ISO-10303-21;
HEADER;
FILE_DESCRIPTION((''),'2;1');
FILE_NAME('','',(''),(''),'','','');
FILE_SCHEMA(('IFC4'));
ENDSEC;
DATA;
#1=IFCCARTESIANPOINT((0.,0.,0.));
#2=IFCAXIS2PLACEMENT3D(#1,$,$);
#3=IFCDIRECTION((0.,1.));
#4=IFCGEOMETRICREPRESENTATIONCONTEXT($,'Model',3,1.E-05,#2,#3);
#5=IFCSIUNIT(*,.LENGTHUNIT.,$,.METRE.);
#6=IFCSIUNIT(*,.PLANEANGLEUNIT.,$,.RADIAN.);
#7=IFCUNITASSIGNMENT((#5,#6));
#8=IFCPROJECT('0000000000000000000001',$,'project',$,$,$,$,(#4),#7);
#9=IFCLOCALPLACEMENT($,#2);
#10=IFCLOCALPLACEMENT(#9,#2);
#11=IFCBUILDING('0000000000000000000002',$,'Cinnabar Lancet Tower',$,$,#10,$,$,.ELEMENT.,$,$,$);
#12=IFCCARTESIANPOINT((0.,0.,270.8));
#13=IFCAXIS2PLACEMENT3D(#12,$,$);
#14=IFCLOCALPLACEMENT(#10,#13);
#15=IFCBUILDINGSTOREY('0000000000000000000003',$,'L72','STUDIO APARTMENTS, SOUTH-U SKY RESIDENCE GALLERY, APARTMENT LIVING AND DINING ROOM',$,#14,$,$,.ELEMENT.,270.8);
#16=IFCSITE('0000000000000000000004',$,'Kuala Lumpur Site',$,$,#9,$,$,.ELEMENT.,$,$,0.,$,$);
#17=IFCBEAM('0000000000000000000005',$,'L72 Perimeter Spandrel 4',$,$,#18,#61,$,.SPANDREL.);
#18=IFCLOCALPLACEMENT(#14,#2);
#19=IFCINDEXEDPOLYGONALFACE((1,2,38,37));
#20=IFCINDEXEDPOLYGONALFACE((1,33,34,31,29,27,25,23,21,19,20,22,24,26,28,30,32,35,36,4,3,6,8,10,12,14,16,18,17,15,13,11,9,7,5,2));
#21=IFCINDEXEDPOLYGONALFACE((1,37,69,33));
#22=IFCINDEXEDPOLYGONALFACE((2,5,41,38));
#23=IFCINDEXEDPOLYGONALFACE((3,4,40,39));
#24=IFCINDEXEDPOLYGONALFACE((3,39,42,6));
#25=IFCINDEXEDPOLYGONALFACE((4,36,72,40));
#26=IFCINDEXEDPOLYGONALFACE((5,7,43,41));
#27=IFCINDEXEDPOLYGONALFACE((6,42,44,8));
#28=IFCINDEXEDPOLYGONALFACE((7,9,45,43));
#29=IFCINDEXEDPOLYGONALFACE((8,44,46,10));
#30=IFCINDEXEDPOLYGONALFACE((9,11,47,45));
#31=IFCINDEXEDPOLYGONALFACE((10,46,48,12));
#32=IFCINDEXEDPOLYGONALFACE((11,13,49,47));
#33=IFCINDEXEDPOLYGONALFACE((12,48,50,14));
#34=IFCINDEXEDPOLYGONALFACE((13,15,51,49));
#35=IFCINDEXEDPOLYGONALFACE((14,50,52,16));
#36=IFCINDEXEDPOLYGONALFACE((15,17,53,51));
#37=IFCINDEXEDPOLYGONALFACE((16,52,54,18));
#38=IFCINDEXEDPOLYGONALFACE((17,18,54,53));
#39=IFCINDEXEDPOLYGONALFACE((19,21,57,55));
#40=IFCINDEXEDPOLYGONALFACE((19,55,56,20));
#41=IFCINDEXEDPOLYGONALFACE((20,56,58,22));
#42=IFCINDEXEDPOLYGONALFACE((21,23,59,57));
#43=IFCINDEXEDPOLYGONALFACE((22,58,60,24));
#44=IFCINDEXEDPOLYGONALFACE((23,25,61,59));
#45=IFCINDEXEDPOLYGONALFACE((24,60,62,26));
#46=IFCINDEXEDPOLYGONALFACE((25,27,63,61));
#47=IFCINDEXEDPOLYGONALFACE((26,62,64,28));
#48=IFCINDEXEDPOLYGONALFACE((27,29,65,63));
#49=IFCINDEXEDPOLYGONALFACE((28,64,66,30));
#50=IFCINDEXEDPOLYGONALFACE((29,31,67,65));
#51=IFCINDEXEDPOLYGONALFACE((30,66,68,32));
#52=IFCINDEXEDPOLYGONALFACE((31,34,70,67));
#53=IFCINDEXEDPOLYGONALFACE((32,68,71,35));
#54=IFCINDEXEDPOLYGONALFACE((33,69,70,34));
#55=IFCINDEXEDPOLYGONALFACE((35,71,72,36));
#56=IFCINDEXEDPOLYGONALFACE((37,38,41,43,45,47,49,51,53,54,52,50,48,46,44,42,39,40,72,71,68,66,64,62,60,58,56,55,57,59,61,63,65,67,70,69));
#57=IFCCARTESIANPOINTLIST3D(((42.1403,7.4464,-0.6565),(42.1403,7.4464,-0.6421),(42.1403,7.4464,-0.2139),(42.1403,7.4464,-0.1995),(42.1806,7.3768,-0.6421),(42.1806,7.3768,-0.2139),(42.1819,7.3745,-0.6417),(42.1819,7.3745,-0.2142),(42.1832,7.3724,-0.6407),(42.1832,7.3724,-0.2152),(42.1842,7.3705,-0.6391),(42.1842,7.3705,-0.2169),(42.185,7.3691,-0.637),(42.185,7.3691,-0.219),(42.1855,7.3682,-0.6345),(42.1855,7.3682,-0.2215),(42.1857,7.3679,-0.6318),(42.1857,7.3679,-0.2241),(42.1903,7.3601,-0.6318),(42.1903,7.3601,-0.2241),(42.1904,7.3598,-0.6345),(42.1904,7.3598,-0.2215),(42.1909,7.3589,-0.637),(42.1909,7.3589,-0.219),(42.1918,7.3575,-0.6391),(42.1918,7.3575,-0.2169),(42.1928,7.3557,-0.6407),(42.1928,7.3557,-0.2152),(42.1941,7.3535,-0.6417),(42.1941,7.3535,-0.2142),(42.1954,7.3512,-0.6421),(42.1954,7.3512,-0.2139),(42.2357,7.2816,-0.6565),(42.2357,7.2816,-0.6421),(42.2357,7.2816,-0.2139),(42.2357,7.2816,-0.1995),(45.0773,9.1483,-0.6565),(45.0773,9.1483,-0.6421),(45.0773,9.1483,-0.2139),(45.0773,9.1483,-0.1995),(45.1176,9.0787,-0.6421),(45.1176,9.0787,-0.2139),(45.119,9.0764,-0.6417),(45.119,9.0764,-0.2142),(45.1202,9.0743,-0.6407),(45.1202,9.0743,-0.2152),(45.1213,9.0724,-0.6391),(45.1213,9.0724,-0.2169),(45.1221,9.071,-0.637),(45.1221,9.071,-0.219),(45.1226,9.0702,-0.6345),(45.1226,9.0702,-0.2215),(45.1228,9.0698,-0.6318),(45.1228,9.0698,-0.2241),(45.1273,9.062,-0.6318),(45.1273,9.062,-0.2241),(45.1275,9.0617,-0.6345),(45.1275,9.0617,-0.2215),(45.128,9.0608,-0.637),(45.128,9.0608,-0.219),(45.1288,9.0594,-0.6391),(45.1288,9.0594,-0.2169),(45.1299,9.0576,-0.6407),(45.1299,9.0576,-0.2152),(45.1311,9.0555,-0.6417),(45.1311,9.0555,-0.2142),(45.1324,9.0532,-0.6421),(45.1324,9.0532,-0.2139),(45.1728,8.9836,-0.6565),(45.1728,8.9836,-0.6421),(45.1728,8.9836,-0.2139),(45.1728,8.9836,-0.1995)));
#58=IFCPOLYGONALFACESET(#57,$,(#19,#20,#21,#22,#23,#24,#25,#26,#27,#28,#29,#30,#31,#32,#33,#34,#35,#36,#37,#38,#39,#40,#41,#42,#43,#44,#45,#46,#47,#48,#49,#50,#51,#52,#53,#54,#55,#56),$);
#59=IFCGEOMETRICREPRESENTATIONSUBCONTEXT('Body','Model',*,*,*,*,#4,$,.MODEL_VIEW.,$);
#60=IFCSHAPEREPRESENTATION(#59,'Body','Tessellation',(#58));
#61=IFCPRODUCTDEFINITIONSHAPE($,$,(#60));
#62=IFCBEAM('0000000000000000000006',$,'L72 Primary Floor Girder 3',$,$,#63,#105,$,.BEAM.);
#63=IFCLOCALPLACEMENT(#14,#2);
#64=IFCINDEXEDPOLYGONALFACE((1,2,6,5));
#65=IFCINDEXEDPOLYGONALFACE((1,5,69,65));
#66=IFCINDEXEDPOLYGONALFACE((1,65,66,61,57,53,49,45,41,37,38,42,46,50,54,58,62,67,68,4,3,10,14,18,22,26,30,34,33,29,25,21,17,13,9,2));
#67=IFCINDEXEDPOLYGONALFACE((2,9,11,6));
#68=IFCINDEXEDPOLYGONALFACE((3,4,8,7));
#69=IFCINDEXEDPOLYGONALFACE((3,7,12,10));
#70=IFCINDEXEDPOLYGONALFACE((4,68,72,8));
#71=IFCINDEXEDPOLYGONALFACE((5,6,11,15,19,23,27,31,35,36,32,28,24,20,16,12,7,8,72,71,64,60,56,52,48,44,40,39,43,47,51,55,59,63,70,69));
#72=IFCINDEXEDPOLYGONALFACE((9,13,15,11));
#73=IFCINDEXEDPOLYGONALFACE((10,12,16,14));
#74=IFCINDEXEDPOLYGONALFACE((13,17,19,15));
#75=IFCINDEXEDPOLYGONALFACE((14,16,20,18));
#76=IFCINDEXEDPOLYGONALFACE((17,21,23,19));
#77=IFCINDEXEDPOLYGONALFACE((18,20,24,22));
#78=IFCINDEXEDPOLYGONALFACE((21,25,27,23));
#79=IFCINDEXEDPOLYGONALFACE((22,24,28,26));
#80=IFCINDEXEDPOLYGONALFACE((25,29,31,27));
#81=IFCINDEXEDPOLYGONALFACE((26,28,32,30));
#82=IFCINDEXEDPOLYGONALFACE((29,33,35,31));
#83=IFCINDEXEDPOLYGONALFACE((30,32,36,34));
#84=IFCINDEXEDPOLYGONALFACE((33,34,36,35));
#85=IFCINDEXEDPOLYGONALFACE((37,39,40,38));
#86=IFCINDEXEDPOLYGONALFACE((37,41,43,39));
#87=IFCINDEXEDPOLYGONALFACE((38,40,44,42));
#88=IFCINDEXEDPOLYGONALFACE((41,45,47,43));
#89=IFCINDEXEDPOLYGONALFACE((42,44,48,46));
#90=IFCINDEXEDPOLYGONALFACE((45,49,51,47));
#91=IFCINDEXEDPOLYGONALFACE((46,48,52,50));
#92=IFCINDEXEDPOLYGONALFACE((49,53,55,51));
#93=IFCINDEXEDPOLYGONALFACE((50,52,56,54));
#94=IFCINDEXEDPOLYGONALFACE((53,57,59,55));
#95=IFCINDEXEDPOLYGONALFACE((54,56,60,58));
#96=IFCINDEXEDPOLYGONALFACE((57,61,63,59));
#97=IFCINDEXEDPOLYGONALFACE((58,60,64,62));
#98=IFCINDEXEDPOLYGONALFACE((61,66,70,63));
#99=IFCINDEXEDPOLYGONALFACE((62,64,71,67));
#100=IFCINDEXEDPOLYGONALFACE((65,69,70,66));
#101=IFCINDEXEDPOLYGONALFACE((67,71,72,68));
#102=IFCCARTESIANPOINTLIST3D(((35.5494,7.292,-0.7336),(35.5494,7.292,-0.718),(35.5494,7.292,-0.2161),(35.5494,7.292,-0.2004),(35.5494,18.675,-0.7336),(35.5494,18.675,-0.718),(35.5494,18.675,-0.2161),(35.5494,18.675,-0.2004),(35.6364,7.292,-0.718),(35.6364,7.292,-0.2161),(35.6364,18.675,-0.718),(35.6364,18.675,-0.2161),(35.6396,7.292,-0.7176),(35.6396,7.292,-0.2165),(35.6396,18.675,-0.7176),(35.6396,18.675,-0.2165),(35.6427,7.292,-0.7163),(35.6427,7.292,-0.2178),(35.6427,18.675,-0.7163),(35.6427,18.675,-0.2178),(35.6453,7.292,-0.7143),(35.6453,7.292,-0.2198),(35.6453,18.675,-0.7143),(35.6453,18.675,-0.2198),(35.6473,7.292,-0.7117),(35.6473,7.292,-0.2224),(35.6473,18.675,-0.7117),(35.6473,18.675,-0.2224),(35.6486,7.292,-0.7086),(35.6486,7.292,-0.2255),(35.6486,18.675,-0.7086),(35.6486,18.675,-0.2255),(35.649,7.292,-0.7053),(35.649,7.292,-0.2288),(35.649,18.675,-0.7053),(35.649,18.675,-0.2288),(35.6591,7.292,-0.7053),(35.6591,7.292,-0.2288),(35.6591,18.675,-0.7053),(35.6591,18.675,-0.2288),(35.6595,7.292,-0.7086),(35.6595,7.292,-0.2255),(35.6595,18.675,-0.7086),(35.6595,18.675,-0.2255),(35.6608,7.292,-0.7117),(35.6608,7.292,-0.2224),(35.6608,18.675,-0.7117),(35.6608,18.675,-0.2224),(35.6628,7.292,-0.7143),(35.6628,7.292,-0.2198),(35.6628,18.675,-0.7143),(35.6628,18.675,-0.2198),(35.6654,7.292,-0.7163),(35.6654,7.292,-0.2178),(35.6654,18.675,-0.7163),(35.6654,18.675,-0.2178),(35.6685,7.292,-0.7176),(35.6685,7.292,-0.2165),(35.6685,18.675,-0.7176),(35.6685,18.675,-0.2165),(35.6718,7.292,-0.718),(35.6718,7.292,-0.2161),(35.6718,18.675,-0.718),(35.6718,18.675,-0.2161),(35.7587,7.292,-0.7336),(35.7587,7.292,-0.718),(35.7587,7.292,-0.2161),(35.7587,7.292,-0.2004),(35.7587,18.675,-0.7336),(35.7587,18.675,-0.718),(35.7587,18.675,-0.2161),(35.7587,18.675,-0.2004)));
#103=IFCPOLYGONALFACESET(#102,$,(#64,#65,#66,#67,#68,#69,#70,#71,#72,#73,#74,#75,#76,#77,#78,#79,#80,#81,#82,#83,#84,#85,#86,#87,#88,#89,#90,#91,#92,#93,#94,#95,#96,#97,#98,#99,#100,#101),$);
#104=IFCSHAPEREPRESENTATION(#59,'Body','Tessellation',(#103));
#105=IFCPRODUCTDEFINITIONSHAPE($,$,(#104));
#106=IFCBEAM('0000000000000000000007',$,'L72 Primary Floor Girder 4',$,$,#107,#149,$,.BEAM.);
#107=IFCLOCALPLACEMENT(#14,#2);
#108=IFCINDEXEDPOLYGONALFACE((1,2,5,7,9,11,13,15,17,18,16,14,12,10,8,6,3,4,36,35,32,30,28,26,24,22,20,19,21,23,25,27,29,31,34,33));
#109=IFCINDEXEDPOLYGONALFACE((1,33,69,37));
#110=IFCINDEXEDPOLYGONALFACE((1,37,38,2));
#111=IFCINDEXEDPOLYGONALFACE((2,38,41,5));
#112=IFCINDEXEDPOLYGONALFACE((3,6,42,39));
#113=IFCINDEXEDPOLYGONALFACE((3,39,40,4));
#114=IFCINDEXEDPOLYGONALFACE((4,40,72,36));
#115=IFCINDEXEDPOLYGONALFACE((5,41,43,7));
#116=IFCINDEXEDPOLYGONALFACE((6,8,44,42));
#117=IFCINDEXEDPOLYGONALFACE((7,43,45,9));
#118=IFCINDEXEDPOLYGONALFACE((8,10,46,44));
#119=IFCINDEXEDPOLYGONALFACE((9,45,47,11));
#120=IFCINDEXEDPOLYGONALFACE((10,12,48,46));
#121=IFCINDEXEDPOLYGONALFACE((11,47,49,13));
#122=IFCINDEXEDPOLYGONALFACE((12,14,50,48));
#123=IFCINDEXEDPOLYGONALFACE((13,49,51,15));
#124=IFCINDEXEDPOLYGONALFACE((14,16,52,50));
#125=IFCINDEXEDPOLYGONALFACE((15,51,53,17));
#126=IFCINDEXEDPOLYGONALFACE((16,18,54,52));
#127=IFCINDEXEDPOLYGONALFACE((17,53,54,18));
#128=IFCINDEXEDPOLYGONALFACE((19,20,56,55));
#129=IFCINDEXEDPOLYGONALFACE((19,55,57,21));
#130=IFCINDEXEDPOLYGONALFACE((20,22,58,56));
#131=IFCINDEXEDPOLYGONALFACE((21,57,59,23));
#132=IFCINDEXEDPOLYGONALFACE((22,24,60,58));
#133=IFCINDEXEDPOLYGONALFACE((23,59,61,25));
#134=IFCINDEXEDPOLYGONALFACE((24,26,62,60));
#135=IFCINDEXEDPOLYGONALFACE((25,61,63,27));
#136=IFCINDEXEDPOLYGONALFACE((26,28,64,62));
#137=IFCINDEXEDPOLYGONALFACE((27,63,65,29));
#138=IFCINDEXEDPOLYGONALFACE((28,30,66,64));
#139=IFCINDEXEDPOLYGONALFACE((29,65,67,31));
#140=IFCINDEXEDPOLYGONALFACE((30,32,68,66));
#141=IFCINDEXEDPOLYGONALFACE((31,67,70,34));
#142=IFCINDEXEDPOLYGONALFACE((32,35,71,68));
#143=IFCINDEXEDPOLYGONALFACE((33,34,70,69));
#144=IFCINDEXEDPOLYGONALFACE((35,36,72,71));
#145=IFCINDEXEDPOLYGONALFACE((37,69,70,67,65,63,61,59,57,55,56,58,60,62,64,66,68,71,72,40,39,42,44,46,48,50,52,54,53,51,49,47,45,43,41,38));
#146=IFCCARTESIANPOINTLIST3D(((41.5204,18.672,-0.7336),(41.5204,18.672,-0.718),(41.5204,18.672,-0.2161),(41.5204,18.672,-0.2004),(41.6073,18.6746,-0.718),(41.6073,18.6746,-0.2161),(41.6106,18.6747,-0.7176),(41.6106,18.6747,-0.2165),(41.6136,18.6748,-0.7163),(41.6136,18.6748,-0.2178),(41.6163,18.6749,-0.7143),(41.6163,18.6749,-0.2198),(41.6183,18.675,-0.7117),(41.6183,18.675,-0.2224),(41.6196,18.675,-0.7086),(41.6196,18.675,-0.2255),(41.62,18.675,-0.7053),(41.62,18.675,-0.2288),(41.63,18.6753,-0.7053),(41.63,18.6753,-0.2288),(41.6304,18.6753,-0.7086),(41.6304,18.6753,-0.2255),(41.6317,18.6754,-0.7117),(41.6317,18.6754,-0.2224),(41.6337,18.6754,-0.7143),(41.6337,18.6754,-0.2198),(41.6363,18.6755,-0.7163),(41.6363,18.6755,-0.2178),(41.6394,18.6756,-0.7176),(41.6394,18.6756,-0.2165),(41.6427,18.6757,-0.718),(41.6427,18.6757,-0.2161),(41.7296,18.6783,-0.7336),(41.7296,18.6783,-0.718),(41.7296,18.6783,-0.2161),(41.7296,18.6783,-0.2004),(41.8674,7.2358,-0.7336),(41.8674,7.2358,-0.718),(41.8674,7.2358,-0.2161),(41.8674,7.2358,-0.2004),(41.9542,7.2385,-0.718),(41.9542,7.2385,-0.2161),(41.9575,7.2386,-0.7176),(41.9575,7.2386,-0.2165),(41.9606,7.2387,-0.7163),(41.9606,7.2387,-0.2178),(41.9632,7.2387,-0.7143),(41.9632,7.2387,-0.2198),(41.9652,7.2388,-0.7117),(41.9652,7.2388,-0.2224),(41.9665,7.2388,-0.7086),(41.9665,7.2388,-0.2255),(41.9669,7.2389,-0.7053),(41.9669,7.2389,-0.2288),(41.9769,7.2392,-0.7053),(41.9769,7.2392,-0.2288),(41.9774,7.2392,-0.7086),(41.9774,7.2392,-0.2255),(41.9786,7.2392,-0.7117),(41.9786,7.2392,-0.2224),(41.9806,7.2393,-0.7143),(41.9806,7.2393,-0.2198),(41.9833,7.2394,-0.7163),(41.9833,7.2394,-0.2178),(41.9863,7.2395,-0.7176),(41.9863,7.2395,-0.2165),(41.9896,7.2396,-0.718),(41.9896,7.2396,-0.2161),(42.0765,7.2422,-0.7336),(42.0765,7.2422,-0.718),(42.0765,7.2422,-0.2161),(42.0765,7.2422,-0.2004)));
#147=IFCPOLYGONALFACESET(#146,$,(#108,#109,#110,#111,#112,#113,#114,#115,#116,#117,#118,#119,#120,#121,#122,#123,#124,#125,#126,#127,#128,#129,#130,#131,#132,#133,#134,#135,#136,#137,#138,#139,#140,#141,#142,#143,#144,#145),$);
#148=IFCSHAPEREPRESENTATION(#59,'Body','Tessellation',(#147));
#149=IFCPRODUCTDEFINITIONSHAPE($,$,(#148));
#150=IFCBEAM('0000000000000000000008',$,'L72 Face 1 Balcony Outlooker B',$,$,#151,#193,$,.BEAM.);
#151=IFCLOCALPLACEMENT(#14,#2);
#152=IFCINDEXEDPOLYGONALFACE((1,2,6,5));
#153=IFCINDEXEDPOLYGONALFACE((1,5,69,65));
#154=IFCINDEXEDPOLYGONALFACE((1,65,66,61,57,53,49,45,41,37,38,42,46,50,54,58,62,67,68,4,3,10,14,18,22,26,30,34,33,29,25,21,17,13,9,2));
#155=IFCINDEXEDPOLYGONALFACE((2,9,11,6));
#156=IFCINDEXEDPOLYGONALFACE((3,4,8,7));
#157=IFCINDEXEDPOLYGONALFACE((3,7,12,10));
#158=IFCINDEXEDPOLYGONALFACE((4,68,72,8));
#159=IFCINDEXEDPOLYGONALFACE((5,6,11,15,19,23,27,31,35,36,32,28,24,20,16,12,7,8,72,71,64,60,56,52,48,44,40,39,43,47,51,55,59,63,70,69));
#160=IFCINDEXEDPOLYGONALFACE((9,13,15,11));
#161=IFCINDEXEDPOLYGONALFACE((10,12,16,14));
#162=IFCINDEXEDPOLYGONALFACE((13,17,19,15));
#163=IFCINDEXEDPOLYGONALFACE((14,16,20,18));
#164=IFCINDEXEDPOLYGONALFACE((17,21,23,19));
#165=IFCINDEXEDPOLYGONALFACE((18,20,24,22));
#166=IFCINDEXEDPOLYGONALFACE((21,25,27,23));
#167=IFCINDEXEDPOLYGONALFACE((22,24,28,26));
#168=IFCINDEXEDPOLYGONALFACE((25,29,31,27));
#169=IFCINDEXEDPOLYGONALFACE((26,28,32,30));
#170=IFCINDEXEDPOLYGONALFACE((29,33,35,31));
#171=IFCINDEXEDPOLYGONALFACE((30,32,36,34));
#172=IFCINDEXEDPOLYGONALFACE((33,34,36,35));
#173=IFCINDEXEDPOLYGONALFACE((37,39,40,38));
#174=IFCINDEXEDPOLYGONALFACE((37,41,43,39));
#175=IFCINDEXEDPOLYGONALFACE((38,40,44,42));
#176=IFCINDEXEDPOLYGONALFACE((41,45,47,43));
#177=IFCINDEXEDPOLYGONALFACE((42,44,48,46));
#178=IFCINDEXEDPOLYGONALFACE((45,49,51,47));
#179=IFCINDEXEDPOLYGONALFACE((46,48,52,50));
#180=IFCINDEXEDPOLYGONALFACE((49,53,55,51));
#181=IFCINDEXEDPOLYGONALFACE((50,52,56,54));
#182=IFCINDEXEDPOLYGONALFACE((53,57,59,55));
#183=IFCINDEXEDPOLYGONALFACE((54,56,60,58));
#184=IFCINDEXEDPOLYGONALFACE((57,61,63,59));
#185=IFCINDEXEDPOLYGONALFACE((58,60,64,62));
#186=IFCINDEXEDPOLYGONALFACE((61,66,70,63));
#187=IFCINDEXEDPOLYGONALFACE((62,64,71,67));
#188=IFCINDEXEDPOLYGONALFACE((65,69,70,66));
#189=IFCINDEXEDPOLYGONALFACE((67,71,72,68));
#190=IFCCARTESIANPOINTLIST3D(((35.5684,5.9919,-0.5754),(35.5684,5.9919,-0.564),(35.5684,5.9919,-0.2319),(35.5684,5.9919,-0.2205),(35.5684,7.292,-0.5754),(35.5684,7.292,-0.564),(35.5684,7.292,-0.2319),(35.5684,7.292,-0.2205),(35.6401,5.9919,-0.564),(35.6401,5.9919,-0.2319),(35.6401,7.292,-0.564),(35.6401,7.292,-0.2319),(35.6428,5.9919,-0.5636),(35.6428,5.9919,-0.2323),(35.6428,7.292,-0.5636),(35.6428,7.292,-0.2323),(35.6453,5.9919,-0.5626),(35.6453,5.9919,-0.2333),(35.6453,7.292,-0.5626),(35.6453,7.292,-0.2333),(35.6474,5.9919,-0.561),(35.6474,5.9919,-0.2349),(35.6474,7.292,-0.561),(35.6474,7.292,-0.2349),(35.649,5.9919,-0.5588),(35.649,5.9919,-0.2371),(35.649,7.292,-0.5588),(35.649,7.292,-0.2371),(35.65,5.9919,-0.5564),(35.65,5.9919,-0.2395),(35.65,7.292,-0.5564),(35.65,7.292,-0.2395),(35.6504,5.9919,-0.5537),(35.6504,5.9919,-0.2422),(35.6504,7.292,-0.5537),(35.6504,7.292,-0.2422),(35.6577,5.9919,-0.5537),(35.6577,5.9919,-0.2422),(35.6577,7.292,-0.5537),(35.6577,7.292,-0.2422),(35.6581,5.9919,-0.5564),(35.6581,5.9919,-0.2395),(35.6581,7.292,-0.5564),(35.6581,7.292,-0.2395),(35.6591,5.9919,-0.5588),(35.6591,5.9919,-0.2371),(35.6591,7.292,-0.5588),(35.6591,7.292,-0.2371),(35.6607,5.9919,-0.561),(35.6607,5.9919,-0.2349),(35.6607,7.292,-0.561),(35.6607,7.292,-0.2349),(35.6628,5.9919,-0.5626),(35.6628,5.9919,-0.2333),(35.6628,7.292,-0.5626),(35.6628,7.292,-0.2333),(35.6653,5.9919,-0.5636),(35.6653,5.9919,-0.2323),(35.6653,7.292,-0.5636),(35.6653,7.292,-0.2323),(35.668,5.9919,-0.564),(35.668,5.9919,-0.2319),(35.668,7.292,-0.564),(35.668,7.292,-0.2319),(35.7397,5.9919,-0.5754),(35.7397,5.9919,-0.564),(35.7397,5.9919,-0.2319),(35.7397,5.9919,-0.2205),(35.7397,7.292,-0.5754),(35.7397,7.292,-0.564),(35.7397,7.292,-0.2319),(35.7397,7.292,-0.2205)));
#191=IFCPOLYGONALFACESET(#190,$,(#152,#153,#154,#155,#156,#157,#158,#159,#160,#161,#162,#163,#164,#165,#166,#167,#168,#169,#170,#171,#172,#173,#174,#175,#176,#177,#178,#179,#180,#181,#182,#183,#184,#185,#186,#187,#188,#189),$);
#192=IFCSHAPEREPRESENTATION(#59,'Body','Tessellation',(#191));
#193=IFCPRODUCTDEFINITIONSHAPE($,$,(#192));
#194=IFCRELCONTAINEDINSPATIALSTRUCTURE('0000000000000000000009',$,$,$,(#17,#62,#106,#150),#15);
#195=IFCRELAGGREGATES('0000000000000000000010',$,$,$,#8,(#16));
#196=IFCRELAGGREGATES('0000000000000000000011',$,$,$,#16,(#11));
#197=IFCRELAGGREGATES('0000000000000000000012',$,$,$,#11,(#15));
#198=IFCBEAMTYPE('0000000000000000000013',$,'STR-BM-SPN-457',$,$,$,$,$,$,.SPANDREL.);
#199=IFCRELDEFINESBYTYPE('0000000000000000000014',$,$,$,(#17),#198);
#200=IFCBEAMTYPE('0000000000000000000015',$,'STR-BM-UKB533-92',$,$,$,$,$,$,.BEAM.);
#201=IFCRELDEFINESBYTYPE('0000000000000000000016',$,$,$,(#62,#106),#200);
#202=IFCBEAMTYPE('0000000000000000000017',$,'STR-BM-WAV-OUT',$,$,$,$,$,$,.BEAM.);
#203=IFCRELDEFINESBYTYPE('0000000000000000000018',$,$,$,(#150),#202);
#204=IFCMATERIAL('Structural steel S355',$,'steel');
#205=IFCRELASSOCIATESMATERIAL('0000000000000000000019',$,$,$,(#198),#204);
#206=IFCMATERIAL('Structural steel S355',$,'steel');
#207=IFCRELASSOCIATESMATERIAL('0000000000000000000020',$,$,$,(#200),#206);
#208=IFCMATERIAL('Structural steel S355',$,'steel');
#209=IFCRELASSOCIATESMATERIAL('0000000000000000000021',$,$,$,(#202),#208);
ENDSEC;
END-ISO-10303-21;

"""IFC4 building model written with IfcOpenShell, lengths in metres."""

from ifc_helpers import new_model, si_unit, direction, frame, origin, origin_2d, place, context, subcontext, project, spatial, i_section, extrude, material, material_profile, profile_set, type_object, element, save


model = new_model("IFC4")

# Units and contexts
model_context = context("Model", 3, precision=1e-05, world=origin(), true_north=direction((0.0, 1.0)))
body_context = subcontext(model_context, "Body", "Model", "MODEL_VIEW")
ifc_project = project(units=[si_unit("LENGTHUNIT", "METRE"), si_unit("PLANEANGLEUNIT", "RADIAN")], contexts=[model_context])

# Site, building, storey
site_placement = place(None, origin())
site = spatial("IfcSite", under=ifc_project, at=site_placement, Name="Kuala Lumpur Site", CompositionType="ELEMENT", RefElevation=0.0)
building_placement = place(site_placement, origin())
building = spatial("IfcBuilding", under=site, at=building_placement, Name="Cinnabar Lancet Tower", CompositionType="ELEMENT")
storey_placement = place(building_placement, frame((0.0, 0.0, 270.8)))
storey = spatial("IfcBuildingStorey", under=building, at=storey_placement, Name="L72", Description="STUDIO APARTMENTS, SOUTH-U SKY RESIDENCE GALLERY, APARTMENT LIVING AND DINING ROOM", CompositionType="ELEMENT", Elevation=270.8)

# Beams
ifc_material_1 = material(Name="Structural steel S355", Category="steel")
ifc_material_profile_1 = material_profile(ifc_material_1, i_section(OverallWidth=0.1904, OverallDepth=0.457, WebThickness=0.009, FlangeThickness=0.0144, FilletRadius=0.0103, at=origin_2d()), Name="UKB 457x191x74")
ifc_profile_set_1 = profile_set([ifc_material_profile_1], Name="Structural steel S355")
beam_type_1 = type_object("IfcBeamType", Name="STR-BM-SPN-457", PredefinedType="SPANDREL", material=ifc_profile_set_1)
beam_1_placement = place(storey_placement, frame((42.188, 7.364, -0.428), z_axis=(0.865231, 0.501374, 0.0), x_axis=(-0.501374, 0.865231, 0.0)))
element("IfcBeam", 1, at=beam_1_placement, inside=storey, type_object=beam_type_1, Name="L72 Perimeter Spandrel 4", PredefinedType="SPANDREL", context=body_context, shape_type="SweptSolid", body=[
    extrude(i_section(OverallWidth=0.1904, OverallDepth=0.457, WebThickness=0.009, FlangeThickness=0.0144, FilletRadius=0.0103, at=origin_2d()), origin(), (0.0, 0.0, 1.0), 3.3945),
])
ifc_material_2 = material(Name="Structural steel S355", Category="steel")
ifc_material_profile_2 = material_profile(ifc_material_2, i_section(OverallWidth=0.2092, OverallDepth=0.5332, WebThickness=0.01, FlangeThickness=0.0156, FilletRadius=0.0127, at=origin_2d()), Name="UKB 533x210x92")
ifc_profile_set_2 = profile_set([ifc_material_profile_2], Name="Structural steel S355")
beam_type_2 = type_object("IfcBeamType", Name="STR-BM-UKB533-92", PredefinedType="BEAM", material=ifc_profile_set_2)
beam_2_placement = place(storey_placement, frame((35.6541, 7.292, -0.467), z_axis=(0.0, 1.0, 0.0), x_axis=(-1.0, 0.0, 0.0)))
element("IfcBeam", 2, at=beam_2_placement, inside=storey, type_object=beam_type_2, Name="L72 Primary Floor Girder 3", PredefinedType="BEAM", context=body_context, shape_type="SweptSolid", body=[
    extrude(i_section(OverallWidth=0.2092, OverallDepth=0.5332, WebThickness=0.01, FlangeThickness=0.0156, FilletRadius=0.0127, at=origin_2d()), origin(), (0.0, 0.0, 1.0), 11.3831),
])
beam_3_placement = place(storey_placement, frame((41.9719, 7.239, -0.467), z_axis=(-0.030322, 0.99954, 0.0), x_axis=(-0.99954, -0.030322, 0.0)))
element("IfcBeam", 3, at=beam_3_placement, inside=storey, type_object=beam_type_2, Name="L72 Primary Floor Girder 4", PredefinedType="BEAM", context=body_context, shape_type="SweptSolid", body=[
    extrude(i_section(OverallWidth=0.2092, OverallDepth=0.5332, WebThickness=0.01, FlangeThickness=0.0156, FilletRadius=0.0127, at=origin_2d()), origin(), (0.0, 0.0, 1.0), 11.4414),
])
ifc_material_3 = material(Name="Structural steel S355", Category="steel")
ifc_material_profile_3 = material_profile(ifc_material_3, i_section(OverallWidth=0.1714, OverallDepth=0.355, WebThickness=0.0073, FlangeThickness=0.0115, FilletRadius=0.0103, at=origin_2d()), Name="UKB 356x171x51")
ifc_profile_set_3 = profile_set([ifc_material_profile_3], Name="Structural steel S355")
beam_type_3 = type_object("IfcBeamType", Name="STR-BM-WAV-OUT", PredefinedType="BEAM", material=ifc_profile_set_3)
beam_4_placement = place(storey_placement, frame((35.6541, 7.292, -0.3979), z_axis=(0.0, -1.0, 0.0), x_axis=(1.0, 0.0, 0.0)))
element("IfcBeam", 4, at=beam_4_placement, inside=storey, type_object=beam_type_3, Name="L72 Face 1 Balcony Outlooker B", PredefinedType="BEAM", context=body_context, shape_type="SweptSolid", body=[
    extrude(i_section(OverallWidth=0.1714, OverallDepth=0.355, WebThickness=0.0073, FlangeThickness=0.0115, FilletRadius=0.0103, at=origin_2d()), origin(), (0.0, 0.0, 1.0), 1.3),
])

save(model, "model.ifc")
